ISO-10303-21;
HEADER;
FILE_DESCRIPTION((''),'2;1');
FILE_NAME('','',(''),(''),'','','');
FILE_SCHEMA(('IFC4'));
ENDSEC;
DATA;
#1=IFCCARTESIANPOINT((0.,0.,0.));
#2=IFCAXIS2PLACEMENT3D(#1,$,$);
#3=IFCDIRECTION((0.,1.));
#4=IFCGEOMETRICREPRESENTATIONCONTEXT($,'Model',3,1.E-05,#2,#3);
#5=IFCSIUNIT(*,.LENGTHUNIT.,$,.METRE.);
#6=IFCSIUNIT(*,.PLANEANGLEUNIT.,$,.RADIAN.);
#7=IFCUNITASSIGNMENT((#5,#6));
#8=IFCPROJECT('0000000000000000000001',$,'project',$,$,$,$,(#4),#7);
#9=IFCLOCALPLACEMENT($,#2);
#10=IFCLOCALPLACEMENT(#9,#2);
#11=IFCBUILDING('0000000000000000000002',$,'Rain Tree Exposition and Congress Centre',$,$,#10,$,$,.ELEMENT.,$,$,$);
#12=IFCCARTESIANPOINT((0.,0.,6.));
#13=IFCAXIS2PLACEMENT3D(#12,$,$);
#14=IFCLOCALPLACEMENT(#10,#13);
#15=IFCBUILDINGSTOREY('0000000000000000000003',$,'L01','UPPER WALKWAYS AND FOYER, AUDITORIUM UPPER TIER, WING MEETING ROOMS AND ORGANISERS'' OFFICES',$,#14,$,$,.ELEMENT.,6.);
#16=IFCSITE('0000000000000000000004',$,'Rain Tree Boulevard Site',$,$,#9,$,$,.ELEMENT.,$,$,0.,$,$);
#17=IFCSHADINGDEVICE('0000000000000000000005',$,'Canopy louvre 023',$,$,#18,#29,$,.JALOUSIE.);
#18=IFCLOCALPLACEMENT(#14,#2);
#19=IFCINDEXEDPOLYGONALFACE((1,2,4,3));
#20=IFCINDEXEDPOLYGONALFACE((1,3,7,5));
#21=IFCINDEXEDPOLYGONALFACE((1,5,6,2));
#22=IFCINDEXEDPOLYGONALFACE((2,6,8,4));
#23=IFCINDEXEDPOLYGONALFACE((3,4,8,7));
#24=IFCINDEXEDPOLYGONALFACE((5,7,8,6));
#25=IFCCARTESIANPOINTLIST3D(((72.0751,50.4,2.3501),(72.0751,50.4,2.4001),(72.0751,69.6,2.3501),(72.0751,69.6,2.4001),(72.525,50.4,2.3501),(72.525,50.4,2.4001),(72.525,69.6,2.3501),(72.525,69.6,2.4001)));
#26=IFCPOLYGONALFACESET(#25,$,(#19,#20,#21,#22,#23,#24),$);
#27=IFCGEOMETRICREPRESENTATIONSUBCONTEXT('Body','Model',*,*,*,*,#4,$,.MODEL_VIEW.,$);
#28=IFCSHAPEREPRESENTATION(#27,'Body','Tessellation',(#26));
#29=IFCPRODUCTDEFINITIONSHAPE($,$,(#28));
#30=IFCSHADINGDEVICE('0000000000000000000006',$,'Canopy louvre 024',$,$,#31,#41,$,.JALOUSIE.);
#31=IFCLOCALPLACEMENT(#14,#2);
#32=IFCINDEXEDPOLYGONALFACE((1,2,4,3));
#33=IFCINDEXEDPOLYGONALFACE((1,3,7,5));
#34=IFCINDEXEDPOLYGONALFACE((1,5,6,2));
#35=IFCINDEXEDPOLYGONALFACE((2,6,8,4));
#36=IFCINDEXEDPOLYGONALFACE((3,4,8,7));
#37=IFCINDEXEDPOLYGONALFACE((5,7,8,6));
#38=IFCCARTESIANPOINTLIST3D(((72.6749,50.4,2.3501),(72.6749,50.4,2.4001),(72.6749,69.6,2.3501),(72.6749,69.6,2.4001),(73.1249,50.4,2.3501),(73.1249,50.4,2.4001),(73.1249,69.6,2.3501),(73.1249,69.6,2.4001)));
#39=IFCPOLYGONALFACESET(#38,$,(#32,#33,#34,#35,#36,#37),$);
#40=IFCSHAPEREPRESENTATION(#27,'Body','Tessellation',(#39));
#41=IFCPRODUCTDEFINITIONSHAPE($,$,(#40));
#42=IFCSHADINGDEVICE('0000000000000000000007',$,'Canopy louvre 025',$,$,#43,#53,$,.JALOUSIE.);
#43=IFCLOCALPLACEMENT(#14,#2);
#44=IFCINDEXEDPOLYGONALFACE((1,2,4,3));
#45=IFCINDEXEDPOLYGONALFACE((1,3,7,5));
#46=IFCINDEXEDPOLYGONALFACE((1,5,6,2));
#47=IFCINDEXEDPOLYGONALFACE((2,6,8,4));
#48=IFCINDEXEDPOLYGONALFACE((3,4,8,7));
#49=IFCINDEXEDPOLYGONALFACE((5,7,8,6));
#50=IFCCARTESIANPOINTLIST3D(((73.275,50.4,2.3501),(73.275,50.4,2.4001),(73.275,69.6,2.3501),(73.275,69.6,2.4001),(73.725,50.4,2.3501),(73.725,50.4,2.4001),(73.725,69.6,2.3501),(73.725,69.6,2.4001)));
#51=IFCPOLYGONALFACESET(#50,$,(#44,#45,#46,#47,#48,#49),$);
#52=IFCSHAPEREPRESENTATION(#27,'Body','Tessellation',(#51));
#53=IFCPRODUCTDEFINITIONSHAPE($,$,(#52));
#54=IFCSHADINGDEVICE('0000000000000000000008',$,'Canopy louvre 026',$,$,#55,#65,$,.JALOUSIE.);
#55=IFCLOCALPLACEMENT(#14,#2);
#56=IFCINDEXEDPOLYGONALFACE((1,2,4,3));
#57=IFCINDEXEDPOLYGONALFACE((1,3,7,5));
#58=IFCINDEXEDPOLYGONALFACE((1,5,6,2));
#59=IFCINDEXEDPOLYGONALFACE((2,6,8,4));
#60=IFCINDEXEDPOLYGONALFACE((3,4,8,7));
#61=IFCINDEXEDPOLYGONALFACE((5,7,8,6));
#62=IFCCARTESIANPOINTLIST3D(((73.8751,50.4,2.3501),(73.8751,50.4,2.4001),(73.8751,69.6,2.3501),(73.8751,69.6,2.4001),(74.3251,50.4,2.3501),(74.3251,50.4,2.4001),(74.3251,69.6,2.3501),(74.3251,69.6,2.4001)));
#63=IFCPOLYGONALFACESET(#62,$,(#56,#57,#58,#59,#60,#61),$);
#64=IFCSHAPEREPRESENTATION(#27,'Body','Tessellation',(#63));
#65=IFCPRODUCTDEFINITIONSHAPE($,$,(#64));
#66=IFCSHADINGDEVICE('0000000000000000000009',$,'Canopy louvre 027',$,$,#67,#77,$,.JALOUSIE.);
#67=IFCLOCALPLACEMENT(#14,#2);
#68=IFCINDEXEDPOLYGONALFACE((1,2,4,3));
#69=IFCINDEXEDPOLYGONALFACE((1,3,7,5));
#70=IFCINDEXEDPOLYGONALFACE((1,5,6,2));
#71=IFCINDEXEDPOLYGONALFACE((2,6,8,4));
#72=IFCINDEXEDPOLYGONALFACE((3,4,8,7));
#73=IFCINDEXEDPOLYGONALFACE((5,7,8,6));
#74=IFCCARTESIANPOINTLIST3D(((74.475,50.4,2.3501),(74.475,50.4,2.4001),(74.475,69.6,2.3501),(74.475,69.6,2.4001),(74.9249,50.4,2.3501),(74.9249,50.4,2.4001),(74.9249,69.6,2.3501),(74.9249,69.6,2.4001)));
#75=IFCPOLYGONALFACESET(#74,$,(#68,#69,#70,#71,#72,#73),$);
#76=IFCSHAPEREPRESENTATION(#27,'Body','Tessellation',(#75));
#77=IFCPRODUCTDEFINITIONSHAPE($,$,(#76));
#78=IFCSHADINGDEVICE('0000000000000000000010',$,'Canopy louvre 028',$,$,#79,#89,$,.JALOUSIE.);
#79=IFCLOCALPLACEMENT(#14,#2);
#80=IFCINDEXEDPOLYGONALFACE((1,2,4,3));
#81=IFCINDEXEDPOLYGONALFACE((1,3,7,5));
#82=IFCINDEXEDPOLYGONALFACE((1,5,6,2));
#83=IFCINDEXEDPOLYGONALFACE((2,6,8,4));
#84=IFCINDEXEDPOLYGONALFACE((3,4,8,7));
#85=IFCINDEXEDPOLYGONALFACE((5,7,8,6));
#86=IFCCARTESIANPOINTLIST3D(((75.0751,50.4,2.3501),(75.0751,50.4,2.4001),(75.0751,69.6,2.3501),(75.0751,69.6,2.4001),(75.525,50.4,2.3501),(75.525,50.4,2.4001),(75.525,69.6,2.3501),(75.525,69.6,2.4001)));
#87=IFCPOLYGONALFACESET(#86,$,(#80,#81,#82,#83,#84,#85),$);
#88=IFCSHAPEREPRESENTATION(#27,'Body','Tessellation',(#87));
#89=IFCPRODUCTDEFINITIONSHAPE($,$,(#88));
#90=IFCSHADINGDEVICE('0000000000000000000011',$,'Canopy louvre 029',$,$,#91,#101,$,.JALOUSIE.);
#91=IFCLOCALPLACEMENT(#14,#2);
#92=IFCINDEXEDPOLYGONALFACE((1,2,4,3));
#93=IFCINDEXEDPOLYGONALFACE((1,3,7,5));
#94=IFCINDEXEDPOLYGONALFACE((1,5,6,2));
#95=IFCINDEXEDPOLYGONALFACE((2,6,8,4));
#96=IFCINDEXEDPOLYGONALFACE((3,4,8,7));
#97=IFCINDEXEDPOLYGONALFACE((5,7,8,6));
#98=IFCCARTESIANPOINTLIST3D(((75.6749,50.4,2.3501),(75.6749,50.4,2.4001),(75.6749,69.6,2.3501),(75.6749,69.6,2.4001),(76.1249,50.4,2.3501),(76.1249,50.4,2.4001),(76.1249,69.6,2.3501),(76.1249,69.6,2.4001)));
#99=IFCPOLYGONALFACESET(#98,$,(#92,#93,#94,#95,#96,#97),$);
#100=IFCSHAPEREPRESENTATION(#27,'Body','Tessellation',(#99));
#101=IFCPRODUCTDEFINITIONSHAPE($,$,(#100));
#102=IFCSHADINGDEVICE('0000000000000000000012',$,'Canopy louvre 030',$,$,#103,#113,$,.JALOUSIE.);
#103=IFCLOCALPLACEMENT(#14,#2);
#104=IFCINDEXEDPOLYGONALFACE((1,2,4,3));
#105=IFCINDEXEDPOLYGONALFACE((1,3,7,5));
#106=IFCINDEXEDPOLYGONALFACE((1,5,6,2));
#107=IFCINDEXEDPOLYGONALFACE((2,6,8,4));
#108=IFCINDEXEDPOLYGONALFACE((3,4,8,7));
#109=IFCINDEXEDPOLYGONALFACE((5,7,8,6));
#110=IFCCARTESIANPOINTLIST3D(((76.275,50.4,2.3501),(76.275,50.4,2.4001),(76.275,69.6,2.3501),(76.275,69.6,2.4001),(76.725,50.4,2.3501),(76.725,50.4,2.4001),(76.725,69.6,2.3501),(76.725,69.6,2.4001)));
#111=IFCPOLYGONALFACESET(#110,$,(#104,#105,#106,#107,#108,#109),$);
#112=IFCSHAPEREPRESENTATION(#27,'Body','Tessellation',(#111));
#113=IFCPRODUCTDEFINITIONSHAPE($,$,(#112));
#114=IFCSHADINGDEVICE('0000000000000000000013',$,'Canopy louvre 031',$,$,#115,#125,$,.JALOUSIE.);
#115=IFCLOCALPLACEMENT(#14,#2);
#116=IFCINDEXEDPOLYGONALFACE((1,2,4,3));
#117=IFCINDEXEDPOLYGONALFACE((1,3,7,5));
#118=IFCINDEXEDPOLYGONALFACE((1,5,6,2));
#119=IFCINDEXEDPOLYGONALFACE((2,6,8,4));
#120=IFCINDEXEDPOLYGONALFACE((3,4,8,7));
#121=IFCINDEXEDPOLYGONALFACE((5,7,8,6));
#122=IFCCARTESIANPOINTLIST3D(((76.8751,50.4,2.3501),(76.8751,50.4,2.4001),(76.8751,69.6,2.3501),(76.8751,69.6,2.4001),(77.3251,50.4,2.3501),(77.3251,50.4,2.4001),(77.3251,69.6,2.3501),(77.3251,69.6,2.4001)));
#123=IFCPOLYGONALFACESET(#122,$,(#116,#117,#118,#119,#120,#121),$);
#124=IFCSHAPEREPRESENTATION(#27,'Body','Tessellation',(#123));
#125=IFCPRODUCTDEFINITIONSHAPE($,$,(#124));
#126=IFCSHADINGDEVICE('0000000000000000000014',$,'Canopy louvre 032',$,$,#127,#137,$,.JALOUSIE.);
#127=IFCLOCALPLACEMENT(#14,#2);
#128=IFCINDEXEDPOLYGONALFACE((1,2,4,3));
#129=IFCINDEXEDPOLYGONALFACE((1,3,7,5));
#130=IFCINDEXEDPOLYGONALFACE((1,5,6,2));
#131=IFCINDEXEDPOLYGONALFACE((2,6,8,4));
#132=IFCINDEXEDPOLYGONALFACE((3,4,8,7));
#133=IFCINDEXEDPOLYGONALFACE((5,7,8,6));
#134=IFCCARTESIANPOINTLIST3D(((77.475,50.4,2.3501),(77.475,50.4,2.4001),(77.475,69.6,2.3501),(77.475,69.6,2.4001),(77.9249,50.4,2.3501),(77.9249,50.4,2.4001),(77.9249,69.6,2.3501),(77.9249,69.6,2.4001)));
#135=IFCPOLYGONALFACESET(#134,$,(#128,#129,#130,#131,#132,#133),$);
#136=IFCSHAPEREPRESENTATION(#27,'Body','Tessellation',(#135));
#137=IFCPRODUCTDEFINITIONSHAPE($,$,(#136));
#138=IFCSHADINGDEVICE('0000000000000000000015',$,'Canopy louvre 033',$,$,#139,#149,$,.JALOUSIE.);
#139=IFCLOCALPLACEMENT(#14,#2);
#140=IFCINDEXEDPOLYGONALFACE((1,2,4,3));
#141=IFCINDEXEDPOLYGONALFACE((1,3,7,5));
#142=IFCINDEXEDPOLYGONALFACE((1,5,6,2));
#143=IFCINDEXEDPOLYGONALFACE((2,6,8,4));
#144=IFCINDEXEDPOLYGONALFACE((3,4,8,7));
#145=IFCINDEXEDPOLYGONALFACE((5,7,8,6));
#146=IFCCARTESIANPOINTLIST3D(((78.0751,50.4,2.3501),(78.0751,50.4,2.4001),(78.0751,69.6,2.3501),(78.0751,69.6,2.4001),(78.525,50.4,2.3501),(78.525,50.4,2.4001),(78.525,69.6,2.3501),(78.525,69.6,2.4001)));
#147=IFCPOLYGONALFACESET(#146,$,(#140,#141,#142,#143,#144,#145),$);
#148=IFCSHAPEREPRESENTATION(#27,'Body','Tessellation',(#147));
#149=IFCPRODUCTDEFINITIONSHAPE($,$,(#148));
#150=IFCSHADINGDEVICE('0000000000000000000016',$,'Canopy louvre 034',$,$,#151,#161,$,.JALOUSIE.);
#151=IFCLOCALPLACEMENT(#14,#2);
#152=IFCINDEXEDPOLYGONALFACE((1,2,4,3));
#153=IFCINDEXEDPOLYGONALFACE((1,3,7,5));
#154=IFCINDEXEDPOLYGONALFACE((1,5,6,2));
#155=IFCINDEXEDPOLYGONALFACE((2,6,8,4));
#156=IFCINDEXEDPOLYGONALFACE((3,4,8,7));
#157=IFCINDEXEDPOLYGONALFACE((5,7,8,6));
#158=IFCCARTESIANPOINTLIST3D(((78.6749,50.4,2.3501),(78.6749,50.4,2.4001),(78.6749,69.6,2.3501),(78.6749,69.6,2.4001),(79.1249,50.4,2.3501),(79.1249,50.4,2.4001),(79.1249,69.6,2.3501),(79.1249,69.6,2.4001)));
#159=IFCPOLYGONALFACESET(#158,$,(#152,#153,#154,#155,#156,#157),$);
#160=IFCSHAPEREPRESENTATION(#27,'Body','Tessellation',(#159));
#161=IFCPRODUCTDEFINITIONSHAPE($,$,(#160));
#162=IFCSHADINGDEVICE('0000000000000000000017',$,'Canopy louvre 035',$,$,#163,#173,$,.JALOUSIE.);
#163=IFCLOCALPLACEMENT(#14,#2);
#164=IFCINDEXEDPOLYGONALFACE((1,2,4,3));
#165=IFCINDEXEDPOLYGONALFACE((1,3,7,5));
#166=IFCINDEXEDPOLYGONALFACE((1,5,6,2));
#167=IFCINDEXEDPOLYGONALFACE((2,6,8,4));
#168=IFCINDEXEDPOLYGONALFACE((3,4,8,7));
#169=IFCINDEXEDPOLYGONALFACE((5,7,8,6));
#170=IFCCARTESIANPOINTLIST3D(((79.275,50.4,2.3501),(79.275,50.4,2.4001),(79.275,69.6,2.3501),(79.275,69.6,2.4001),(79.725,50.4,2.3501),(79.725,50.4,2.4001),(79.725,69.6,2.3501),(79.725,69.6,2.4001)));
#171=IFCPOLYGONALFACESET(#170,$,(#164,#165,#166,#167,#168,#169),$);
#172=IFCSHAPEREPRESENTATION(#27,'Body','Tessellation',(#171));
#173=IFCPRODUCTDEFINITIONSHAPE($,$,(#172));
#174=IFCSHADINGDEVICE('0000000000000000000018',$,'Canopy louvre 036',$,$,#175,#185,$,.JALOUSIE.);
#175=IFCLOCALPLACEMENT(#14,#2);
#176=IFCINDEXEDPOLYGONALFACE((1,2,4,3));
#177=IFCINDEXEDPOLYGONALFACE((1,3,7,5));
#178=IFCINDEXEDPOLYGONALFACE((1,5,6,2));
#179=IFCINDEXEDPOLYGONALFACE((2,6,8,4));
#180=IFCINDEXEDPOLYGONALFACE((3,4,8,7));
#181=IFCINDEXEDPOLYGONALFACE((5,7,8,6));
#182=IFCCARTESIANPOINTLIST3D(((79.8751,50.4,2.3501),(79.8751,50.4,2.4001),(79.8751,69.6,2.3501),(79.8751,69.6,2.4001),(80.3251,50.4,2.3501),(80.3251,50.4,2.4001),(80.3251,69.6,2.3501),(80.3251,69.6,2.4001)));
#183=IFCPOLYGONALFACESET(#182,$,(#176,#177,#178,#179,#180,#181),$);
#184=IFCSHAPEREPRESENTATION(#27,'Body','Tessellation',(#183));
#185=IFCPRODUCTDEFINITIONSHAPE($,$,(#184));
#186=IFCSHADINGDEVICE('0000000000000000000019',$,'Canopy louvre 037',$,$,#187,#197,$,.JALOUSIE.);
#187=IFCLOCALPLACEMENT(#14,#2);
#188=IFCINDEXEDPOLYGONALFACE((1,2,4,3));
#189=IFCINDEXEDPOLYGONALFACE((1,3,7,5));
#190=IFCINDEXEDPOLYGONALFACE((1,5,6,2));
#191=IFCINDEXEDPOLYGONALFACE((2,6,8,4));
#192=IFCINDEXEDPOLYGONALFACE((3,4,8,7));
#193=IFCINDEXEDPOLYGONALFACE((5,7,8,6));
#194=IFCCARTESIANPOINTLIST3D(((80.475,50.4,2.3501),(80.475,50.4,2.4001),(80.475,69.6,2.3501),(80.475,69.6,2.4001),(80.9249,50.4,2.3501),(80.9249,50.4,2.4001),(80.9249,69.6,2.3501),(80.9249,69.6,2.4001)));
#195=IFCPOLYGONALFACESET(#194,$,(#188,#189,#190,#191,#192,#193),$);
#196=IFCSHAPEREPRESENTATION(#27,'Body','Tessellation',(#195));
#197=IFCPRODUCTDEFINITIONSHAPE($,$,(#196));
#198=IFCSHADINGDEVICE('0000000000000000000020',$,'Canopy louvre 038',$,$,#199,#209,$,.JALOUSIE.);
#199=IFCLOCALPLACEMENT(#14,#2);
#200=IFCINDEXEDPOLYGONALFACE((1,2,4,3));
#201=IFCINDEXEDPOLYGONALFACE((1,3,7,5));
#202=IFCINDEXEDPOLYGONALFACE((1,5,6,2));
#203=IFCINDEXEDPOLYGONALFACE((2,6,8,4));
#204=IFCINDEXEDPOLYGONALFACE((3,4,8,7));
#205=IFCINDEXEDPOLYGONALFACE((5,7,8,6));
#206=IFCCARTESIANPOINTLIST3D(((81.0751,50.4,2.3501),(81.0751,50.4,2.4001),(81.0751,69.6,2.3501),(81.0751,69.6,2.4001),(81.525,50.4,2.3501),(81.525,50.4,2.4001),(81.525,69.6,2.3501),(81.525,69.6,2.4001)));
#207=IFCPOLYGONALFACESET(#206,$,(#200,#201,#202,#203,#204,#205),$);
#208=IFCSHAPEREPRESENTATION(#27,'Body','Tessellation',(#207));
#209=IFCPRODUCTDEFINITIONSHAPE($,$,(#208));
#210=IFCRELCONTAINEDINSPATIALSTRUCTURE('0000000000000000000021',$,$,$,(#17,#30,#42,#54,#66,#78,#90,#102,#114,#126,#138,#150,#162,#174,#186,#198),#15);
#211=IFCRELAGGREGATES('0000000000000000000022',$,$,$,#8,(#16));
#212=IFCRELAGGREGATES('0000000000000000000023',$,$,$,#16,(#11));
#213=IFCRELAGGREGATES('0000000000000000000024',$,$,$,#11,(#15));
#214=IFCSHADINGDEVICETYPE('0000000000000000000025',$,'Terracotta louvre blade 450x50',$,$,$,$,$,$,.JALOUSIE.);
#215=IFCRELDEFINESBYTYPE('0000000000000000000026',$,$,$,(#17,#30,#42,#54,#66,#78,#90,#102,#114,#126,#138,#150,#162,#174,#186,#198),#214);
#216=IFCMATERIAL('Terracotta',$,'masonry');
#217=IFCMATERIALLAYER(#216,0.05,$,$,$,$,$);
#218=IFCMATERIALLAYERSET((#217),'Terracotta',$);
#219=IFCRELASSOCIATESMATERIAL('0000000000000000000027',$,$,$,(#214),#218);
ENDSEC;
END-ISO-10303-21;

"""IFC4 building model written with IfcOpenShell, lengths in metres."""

from ifc_helpers import new_model, si_unit, direction, frame, origin, origin_2d, place, context, subcontext, project, spatial, rectangle, extrude, material, layer, layer_set, type_object, element, save


model = new_model("IFC4")

# Units and contexts
model_context = context("Model", 3, precision=1e-05, world=origin(), true_north=direction((0.0, 1.0)))
body_context = subcontext(model_context, "Body", "Model", "MODEL_VIEW")
ifc_project = project(units=[si_unit("LENGTHUNIT", "METRE"), si_unit("PLANEANGLEUNIT", "RADIAN")], contexts=[model_context])

# Site, building, storey
site_placement = place(None, origin())
site = spatial("IfcSite", under=ifc_project, at=site_placement, Name="Rain Tree Boulevard Site", CompositionType="ELEMENT", RefElevation=0.0)
building_placement = place(site_placement, origin())
building = spatial("IfcBuilding", under=site, at=building_placement, Name="Rain Tree Exposition and Congress Centre", CompositionType="ELEMENT")
storey_placement = place(building_placement, frame((0.0, 0.0, 6.0)))
storey = spatial("IfcBuildingStorey", under=building, at=storey_placement, Name="L01", Description="UPPER WALKWAYS AND FOYER, AUDITORIUM UPPER TIER, WING MEETING ROOMS AND ORGANISERS' OFFICES", CompositionType="ELEMENT", Elevation=6.0)

# Shading devices
ifc_material_1 = material(Name="Terracotta", Category="masonry")
ifc_layer = layer(ifc_material_1, 0.05)
ifc_layer_set = layer_set([ifc_layer], Name="Terracotta")
shading_device_type = type_object("IfcShadingDeviceType", Name="Terracotta louvre blade 450x50", PredefinedType="JALOUSIE", material=ifc_layer_set)
for number, where, z_axis, x_axis, name in (
    (1, (72.3, 60.0, 2.3501), (0.0, 0.0, 1.0), (1.0, 0.0, 0.0), "Canopy louvre 023"),
    (2, (72.8999, 60.0, 2.3501), (0.0, 0.0, 1.0), (1.0, 0.0, 0.0), "Canopy louvre 024"),
    (3, (73.5, 60.0, 2.3501), (0.0, 0.0, 1.0), (1.0, 0.0, 0.0), "Canopy louvre 025"),
    (4, (74.1001, 60.0, 2.3501), (0.0, 0.0, 1.0), (1.0, 0.0, 0.0), "Canopy louvre 026"),
    (5, (74.7, 60.0, 2.3501), (0.0, 0.0, 1.0), (1.0, 0.0, 0.0), "Canopy louvre 027"),
    (6, (75.3, 60.0, 2.3501), (0.0, 0.0, 1.0), (1.0, 0.0, 0.0), "Canopy louvre 028"),
    (7, (75.8999, 60.0, 2.3501), (0.0, 0.0, 1.0), (1.0, 0.0, 0.0), "Canopy louvre 029"),
    (8, (76.5, 60.0, 2.3501), (0.0, 0.0, 1.0), (1.0, 0.0, 0.0), "Canopy louvre 030"),
    (9, (77.1001, 60.0, 2.3501), (0.0, 0.0, 1.0), (1.0, 0.0, 0.0), "Canopy louvre 031"),
    (10, (77.7, 60.0, 2.3501), (0.0, 0.0, 1.0), (1.0, 0.0, 0.0), "Canopy louvre 032"),
    (11, (78.3, 60.0, 2.3501), (0.0, 0.0, 1.0), (1.0, 0.0, 0.0), "Canopy louvre 033"),
    (12, (78.8999, 60.0, 2.3501), (0.0, 0.0, 1.0), (1.0, 0.0, 0.0), "Canopy louvre 034"),
    (13, (79.5, 60.0, 2.3501), (0.0, 0.0, 1.0), (1.0, 0.0, 0.0), "Canopy louvre 035"),
    (14, (80.1001, 60.0, 2.3501), (0.0, 0.0, 1.0), (1.0, 0.0, 0.0), "Canopy louvre 036"),
    (15, (80.7, 60.0, 2.3501), (0.0, 0.0, 1.0), (1.0, 0.0, 0.0), "Canopy louvre 037"),
    (16, (81.3, 60.0, 2.3501), (0.0, 0.0, 1.0), (1.0, 0.0, 0.0), "Canopy louvre 038"),
):
    element("IfcShadingDevice", number, at=place(storey_placement, frame(where, z_axis=z_axis, x_axis=x_axis)), inside=storey, type_object=shading_device_type, Name=name, PredefinedType="JALOUSIE", context=body_context, shape_type="SweptSolid", body=[
        extrude(rectangle(XDim=0.45, YDim=19.2, at=origin_2d()), origin(), (0.0, 0.0, 1.0), 0.05),
    ])

save(model, "model.ifc")
